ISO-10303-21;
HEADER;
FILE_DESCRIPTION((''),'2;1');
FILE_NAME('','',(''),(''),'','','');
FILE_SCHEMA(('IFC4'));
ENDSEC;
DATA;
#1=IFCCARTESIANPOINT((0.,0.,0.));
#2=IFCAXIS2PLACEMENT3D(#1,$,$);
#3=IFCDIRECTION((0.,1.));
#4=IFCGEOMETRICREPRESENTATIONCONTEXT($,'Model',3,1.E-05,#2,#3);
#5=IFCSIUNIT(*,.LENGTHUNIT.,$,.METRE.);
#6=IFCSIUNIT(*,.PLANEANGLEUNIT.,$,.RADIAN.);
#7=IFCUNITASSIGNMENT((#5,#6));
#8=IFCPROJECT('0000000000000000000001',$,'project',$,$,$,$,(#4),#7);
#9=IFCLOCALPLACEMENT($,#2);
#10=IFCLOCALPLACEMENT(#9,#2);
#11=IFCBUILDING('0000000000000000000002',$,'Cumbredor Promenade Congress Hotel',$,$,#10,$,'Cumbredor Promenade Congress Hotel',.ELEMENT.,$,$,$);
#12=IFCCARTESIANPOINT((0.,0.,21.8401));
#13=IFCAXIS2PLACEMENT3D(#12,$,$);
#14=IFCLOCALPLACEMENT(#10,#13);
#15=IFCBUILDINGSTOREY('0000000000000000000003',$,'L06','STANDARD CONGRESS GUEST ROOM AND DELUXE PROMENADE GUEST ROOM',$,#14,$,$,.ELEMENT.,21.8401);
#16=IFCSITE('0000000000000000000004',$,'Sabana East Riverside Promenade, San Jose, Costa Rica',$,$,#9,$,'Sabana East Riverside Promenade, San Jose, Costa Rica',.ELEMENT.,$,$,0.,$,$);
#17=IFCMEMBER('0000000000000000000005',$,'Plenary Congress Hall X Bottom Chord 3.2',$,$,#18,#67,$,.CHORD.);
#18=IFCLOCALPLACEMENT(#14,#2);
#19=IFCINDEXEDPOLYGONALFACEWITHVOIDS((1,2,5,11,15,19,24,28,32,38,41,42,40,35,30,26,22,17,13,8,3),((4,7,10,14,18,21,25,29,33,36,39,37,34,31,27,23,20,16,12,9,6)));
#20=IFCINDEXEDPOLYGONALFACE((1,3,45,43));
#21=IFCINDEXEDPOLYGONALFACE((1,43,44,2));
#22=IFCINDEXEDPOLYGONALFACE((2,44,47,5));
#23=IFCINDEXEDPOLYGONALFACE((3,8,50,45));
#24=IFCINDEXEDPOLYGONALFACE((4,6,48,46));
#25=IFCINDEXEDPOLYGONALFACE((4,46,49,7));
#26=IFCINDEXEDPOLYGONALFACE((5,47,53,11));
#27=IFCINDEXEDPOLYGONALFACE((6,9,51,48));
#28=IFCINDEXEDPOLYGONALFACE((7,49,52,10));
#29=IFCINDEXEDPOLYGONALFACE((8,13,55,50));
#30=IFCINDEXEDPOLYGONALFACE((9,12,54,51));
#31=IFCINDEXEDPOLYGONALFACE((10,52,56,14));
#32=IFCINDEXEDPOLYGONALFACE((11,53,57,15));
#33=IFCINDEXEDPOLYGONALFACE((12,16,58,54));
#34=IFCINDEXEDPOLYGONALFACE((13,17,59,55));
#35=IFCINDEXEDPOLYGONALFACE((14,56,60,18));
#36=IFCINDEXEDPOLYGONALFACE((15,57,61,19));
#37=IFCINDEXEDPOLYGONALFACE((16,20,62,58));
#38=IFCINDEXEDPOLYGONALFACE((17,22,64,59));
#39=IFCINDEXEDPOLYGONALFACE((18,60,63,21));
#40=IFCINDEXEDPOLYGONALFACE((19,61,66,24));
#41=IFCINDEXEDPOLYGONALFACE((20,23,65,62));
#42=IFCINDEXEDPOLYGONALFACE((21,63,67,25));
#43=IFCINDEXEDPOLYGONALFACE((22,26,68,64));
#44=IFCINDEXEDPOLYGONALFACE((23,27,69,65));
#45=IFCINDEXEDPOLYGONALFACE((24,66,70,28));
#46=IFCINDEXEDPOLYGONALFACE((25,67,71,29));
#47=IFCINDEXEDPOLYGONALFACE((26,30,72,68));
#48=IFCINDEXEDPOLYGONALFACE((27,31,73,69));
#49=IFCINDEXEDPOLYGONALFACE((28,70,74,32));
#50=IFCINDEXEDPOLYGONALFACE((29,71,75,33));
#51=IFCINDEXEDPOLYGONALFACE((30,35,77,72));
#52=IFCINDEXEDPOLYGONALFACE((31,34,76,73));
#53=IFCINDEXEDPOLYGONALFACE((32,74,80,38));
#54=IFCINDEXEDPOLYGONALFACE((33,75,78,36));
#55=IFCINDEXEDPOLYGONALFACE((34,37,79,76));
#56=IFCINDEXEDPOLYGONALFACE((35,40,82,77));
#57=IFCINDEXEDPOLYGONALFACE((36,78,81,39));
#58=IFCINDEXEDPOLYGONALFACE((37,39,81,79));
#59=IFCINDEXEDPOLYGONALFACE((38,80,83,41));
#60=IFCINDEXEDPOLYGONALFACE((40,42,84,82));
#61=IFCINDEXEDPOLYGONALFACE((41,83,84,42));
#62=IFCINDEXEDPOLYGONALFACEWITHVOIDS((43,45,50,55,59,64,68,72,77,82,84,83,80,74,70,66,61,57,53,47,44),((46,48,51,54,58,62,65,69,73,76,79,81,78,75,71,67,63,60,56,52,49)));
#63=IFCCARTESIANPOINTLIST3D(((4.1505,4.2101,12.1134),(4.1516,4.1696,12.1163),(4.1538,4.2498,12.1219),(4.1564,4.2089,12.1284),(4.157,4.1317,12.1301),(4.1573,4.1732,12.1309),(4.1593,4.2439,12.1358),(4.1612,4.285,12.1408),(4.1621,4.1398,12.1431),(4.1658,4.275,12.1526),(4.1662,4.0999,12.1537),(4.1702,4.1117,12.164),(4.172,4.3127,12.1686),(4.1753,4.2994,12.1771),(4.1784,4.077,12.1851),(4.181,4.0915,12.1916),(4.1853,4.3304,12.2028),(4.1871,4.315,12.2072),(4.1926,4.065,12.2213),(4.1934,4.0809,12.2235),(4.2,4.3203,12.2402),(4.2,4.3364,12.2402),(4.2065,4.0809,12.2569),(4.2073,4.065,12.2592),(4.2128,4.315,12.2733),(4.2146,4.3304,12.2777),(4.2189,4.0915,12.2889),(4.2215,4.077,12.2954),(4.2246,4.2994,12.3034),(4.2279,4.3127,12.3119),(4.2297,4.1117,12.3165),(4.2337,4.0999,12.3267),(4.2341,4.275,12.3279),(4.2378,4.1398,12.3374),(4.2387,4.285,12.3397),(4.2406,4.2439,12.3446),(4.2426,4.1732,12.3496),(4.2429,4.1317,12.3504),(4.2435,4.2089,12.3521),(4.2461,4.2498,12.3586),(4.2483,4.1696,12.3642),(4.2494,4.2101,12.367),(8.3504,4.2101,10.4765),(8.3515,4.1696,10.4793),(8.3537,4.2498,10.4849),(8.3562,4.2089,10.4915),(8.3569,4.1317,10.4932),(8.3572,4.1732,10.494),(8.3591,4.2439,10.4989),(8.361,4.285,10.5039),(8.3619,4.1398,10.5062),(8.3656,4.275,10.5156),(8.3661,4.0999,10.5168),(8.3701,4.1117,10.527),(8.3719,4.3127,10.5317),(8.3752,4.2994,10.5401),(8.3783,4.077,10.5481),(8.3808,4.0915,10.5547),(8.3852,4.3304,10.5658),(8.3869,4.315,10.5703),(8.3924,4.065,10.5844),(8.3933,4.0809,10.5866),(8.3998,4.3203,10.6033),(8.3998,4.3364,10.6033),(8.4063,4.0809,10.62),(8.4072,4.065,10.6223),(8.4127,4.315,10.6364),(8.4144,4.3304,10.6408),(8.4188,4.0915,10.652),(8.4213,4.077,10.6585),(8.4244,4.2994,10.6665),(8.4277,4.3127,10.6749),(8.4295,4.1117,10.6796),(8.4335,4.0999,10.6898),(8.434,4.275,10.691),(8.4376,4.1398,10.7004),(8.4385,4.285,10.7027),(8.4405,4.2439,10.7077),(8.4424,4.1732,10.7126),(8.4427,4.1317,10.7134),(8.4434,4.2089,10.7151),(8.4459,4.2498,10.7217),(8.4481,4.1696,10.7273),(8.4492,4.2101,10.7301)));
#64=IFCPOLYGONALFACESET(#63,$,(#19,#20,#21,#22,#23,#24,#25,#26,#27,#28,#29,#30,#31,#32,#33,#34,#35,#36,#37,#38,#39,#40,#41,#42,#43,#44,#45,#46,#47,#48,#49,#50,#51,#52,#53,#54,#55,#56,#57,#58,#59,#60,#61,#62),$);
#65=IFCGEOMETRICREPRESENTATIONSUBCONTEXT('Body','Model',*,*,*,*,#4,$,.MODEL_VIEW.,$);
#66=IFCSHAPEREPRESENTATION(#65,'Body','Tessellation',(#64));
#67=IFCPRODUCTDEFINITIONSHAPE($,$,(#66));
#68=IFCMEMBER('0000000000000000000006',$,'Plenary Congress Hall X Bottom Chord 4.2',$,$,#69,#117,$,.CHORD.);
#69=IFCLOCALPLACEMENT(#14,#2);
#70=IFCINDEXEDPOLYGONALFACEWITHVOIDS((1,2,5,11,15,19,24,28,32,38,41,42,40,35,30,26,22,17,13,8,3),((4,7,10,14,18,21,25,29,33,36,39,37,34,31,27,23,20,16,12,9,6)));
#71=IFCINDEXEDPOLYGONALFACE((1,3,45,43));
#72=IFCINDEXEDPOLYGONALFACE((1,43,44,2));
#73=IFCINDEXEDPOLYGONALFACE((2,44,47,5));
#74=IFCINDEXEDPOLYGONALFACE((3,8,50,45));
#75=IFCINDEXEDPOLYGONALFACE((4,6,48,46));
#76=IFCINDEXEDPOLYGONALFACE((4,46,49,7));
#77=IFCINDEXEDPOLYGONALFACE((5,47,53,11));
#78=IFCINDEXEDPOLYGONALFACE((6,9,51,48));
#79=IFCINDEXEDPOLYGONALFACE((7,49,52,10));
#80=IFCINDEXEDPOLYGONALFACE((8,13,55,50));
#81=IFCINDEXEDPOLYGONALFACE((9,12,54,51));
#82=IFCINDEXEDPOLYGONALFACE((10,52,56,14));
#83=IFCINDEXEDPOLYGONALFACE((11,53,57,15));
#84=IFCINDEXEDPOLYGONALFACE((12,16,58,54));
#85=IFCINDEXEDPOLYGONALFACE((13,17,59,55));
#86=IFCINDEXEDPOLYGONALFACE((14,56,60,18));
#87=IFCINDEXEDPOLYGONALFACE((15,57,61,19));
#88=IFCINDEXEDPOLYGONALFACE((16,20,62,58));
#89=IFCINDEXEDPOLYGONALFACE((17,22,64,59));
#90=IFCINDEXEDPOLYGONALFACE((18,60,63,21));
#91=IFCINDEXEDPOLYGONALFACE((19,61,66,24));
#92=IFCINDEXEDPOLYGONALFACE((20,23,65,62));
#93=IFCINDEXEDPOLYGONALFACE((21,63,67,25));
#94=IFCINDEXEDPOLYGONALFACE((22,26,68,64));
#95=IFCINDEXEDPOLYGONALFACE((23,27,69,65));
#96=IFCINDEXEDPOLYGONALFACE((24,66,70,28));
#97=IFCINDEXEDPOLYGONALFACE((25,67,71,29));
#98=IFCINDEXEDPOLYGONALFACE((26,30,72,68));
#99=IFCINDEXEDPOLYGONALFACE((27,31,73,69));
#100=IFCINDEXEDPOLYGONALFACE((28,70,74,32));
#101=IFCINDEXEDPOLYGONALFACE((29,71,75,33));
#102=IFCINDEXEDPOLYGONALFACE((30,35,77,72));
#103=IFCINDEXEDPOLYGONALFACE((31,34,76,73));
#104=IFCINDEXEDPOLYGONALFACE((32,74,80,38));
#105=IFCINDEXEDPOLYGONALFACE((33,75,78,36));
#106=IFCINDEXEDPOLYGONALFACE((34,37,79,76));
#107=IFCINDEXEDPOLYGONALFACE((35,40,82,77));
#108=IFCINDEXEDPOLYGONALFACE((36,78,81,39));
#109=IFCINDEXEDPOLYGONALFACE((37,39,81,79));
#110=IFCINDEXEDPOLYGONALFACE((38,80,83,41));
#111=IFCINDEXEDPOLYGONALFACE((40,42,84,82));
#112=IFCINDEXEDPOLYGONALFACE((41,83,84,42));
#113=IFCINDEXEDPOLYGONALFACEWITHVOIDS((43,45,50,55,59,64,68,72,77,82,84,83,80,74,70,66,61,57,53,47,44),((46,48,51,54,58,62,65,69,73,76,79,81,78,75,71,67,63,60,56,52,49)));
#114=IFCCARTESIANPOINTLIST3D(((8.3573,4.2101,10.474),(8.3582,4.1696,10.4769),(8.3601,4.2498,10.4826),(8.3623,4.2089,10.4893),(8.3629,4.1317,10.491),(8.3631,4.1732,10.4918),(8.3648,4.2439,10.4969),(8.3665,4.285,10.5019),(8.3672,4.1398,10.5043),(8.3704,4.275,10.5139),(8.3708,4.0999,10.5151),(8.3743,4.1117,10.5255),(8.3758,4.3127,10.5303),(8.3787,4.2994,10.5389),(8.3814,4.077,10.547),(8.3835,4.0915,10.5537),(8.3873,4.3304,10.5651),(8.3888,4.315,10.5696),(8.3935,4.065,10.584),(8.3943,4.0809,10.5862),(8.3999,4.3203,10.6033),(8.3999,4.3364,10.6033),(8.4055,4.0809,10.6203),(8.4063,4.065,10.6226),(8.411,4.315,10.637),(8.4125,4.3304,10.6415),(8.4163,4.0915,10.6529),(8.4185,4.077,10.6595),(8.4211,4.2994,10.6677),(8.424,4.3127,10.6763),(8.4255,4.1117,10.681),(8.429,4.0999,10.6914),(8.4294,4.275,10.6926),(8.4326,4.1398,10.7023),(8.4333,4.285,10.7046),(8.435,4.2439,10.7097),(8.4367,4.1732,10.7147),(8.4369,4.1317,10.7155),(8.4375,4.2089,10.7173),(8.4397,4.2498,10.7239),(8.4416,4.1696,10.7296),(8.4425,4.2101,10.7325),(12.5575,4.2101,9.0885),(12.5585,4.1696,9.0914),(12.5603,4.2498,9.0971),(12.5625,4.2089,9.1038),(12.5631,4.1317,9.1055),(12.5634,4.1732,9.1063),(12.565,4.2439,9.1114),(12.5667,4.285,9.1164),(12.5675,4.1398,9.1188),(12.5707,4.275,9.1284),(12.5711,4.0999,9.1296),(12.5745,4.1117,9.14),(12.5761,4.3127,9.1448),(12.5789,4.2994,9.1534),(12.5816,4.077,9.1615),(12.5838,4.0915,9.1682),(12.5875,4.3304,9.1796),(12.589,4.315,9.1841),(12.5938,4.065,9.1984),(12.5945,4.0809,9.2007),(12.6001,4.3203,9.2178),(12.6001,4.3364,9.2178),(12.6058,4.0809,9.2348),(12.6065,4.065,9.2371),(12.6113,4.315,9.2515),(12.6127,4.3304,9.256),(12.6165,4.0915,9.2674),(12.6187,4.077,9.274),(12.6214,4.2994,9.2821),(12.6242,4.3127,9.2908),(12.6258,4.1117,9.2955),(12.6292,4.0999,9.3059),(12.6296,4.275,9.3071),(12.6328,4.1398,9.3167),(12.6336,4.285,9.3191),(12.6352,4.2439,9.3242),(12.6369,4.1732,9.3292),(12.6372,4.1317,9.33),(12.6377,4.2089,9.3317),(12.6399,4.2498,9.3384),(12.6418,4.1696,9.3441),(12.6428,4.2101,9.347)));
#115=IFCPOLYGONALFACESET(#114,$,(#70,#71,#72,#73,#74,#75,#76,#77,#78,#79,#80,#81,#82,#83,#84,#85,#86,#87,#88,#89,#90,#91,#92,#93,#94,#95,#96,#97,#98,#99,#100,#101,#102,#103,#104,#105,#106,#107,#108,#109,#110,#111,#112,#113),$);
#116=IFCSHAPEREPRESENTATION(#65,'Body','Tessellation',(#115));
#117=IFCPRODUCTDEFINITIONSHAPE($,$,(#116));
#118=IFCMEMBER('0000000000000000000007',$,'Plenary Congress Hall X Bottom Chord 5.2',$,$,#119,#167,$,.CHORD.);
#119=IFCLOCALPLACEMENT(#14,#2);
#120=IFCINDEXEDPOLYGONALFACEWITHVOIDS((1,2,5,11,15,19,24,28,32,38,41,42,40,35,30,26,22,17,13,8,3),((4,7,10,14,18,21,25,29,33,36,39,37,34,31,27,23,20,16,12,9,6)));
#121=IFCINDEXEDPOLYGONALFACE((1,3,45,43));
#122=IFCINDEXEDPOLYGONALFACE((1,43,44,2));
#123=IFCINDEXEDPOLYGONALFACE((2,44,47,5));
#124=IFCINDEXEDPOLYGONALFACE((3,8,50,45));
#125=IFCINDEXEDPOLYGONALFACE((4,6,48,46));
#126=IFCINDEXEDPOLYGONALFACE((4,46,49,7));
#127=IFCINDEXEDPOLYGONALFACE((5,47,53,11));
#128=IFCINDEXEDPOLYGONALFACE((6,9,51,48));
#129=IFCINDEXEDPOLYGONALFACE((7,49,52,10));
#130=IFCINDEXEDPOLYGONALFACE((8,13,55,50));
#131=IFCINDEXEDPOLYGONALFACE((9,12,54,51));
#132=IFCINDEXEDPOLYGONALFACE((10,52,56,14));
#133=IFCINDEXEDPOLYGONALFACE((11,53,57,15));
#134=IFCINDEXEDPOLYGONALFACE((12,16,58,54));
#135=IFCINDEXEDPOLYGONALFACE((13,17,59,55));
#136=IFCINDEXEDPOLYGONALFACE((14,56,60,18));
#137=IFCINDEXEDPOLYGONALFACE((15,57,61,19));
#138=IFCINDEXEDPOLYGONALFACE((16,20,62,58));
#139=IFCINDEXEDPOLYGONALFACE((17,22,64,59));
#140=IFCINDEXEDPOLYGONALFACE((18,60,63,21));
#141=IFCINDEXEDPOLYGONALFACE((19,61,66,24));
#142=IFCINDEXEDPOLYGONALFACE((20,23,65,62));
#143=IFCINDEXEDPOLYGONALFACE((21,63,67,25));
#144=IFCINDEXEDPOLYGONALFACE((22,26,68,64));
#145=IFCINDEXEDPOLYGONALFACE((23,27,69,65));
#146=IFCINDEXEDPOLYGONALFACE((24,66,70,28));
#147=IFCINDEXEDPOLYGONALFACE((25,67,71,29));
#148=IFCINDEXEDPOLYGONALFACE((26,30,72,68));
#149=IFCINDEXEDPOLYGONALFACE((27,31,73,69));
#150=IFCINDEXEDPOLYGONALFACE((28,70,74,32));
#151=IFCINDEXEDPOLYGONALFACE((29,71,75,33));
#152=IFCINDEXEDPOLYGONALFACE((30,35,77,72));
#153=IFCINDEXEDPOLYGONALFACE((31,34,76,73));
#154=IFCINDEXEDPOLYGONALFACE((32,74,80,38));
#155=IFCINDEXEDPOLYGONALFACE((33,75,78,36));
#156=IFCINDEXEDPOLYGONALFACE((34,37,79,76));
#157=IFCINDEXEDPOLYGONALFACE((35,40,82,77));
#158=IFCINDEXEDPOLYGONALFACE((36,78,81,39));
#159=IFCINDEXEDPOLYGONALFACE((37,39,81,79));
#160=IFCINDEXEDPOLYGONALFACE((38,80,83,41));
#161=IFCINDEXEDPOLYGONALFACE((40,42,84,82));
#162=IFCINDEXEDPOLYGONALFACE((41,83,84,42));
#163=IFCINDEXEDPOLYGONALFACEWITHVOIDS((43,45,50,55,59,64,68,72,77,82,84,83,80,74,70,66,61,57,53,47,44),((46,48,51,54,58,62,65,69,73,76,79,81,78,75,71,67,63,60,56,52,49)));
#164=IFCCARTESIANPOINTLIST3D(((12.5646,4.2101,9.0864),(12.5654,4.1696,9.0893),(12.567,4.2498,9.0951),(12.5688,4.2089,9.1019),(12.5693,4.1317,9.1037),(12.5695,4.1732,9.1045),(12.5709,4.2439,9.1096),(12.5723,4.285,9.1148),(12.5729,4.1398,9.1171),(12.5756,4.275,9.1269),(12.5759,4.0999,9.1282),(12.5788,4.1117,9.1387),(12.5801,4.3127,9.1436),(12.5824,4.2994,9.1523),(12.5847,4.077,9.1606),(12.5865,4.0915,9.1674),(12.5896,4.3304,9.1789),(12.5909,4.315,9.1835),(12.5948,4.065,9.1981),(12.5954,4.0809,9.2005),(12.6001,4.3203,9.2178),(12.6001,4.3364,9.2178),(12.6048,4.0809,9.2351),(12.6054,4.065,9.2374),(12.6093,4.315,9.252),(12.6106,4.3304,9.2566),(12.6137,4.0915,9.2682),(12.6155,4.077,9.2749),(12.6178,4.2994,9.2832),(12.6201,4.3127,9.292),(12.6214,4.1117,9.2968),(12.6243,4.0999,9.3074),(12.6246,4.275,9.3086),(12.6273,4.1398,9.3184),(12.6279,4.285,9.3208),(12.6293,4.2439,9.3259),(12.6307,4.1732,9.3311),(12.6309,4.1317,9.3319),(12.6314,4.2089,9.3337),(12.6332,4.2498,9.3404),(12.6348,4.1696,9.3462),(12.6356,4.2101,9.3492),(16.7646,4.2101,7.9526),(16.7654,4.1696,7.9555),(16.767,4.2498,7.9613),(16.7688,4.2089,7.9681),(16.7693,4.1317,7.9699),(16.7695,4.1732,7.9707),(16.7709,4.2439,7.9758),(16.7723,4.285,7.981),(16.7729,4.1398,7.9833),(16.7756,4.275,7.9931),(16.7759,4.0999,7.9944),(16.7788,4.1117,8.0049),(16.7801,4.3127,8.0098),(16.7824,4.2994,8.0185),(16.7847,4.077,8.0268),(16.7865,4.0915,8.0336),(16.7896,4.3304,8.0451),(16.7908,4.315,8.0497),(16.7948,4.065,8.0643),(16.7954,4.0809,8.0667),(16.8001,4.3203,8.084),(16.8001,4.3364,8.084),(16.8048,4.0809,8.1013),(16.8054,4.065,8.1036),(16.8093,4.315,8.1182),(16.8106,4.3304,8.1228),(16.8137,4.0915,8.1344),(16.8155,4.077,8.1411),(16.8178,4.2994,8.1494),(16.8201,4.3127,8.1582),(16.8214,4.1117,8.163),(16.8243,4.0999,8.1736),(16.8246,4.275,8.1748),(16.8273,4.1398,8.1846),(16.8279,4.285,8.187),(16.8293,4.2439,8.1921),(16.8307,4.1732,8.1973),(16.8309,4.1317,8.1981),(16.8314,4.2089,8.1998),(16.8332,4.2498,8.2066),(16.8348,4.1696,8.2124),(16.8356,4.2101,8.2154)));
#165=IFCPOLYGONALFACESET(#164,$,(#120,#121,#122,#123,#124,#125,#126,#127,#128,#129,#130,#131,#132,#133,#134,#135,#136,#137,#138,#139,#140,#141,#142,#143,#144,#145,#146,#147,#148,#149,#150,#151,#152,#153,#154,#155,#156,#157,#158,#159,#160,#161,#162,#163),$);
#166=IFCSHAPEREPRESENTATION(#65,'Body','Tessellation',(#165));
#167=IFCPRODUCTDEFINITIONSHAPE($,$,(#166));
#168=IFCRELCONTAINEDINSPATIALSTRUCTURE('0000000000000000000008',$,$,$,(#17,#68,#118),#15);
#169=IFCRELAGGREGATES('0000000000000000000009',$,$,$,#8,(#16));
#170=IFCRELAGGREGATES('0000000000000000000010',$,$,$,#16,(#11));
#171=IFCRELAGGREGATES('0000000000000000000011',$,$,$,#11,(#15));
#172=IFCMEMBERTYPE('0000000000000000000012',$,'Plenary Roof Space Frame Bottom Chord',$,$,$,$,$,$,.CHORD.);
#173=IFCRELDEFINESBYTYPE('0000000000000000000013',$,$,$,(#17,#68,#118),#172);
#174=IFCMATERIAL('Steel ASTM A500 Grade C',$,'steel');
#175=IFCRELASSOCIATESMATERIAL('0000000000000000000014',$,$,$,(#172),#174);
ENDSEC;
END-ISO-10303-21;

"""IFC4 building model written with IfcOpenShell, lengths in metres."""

from ifc_helpers import new_model, si_unit, direction, frame, origin, origin_2d, place, context, subcontext, project, spatial, hollow_circle, extrude, material, material_profile, profile_set, type_object, element, save


model = new_model("IFC4")

# Units and contexts
model_context = context("Model", 3, precision=1e-05, world=origin(), true_north=direction((0.0, 1.0)))
body_context = subcontext(model_context, "Body", "Model", "MODEL_VIEW")
ifc_project = project(units=[si_unit("LENGTHUNIT", "METRE"), si_unit("PLANEANGLEUNIT", "RADIAN")], contexts=[model_context])

# Site, building, storey
site_placement = place(None, origin())
site = spatial("IfcSite", under=ifc_project, at=site_placement, Name="Sabana East Riverside Promenade, San Jose, Costa Rica", LongName="Sabana East Riverside Promenade, San Jose, Costa Rica", CompositionType="ELEMENT", RefElevation=0.0)
building_placement = place(site_placement, origin())
building = spatial("IfcBuilding", under=site, at=building_placement, Name="Cumbredor Promenade Congress Hotel", LongName="Cumbredor Promenade Congress Hotel", CompositionType="ELEMENT")
storey_placement = place(building_placement, frame((0.0, 0.0, 21.8401)))
storey = spatial("IfcBuildingStorey", under=building, at=storey_placement, Name="L06", Description="STANDARD CONGRESS GUEST ROOM AND DELUXE PROMENADE GUEST ROOM", CompositionType="ELEMENT", Elevation=21.8401)

# Members
ifc_material_1 = material(Name="Steel ASTM A500 Grade C", Category="steel")
ifc_material_profile_1 = material_profile(ifc_material_1, hollow_circle(Radius=0.1365, WallThickness=0.0161, at=origin_2d()), Name="CHS 273.0x16")
ifc_profile_set_1 = profile_set([ifc_material_profile_1], Name="Steel ASTM A500 Grade C")
member_type_1 = type_object("IfcMemberType", Name="Plenary Roof Space Frame Bottom Chord", PredefinedType="CHORD", material=ifc_profile_set_1)
member_1_placement = place(storey_placement, frame((4.2, 4.2, 12.2402), z_axis=(0.931731, 0.0, -0.363149), x_axis=(0.0, 1.0, 0.0)))
element("IfcMember", 1, at=member_1_placement, inside=storey, type_object=member_type_1, Name="Plenary Congress Hall X Bottom Chord 3.2", PredefinedType="CHORD", context=body_context, shape_type="SweptSolid", body=[
    extrude(hollow_circle(Radius=0.1365, WallThickness=0.0161, at=origin_2d()), origin(), (0.0, 0.0, 1.0), 4.5076),
])
member_2_placement = place(storey_placement, frame((8.3999, 4.2, 10.6033), z_axis=(0.949667, 0.0, -0.313262), x_axis=(0.0, 1.0, 0.0)))
element("IfcMember", 2, at=member_2_placement, inside=storey, type_object=member_type_1, Name="Plenary Congress Hall X Bottom Chord 4.2", PredefinedType="CHORD", context=body_context, shape_type="SweptSolid", body=[
    extrude(hollow_circle(Radius=0.1365, WallThickness=0.0161, at=origin_2d()), origin(), (0.0, 0.0, 1.0), 4.4229),
])
member_3_placement = place(storey_placement, frame((12.6001, 4.2, 9.2178), z_axis=(0.965441, 0.0, -0.260623), x_axis=(0.0, 1.0, 0.0)))
element("IfcMember", 3, at=member_3_placement, inside=storey, type_object=member_type_1, Name="Plenary Congress Hall X Bottom Chord 5.2", PredefinedType="CHORD", context=body_context, shape_type="SweptSolid", body=[
    extrude(hollow_circle(Radius=0.1365, WallThickness=0.0161, at=origin_2d()), origin(), (0.0, 0.0, 1.0), 4.3503),
])

save(model, "model.ifc")
